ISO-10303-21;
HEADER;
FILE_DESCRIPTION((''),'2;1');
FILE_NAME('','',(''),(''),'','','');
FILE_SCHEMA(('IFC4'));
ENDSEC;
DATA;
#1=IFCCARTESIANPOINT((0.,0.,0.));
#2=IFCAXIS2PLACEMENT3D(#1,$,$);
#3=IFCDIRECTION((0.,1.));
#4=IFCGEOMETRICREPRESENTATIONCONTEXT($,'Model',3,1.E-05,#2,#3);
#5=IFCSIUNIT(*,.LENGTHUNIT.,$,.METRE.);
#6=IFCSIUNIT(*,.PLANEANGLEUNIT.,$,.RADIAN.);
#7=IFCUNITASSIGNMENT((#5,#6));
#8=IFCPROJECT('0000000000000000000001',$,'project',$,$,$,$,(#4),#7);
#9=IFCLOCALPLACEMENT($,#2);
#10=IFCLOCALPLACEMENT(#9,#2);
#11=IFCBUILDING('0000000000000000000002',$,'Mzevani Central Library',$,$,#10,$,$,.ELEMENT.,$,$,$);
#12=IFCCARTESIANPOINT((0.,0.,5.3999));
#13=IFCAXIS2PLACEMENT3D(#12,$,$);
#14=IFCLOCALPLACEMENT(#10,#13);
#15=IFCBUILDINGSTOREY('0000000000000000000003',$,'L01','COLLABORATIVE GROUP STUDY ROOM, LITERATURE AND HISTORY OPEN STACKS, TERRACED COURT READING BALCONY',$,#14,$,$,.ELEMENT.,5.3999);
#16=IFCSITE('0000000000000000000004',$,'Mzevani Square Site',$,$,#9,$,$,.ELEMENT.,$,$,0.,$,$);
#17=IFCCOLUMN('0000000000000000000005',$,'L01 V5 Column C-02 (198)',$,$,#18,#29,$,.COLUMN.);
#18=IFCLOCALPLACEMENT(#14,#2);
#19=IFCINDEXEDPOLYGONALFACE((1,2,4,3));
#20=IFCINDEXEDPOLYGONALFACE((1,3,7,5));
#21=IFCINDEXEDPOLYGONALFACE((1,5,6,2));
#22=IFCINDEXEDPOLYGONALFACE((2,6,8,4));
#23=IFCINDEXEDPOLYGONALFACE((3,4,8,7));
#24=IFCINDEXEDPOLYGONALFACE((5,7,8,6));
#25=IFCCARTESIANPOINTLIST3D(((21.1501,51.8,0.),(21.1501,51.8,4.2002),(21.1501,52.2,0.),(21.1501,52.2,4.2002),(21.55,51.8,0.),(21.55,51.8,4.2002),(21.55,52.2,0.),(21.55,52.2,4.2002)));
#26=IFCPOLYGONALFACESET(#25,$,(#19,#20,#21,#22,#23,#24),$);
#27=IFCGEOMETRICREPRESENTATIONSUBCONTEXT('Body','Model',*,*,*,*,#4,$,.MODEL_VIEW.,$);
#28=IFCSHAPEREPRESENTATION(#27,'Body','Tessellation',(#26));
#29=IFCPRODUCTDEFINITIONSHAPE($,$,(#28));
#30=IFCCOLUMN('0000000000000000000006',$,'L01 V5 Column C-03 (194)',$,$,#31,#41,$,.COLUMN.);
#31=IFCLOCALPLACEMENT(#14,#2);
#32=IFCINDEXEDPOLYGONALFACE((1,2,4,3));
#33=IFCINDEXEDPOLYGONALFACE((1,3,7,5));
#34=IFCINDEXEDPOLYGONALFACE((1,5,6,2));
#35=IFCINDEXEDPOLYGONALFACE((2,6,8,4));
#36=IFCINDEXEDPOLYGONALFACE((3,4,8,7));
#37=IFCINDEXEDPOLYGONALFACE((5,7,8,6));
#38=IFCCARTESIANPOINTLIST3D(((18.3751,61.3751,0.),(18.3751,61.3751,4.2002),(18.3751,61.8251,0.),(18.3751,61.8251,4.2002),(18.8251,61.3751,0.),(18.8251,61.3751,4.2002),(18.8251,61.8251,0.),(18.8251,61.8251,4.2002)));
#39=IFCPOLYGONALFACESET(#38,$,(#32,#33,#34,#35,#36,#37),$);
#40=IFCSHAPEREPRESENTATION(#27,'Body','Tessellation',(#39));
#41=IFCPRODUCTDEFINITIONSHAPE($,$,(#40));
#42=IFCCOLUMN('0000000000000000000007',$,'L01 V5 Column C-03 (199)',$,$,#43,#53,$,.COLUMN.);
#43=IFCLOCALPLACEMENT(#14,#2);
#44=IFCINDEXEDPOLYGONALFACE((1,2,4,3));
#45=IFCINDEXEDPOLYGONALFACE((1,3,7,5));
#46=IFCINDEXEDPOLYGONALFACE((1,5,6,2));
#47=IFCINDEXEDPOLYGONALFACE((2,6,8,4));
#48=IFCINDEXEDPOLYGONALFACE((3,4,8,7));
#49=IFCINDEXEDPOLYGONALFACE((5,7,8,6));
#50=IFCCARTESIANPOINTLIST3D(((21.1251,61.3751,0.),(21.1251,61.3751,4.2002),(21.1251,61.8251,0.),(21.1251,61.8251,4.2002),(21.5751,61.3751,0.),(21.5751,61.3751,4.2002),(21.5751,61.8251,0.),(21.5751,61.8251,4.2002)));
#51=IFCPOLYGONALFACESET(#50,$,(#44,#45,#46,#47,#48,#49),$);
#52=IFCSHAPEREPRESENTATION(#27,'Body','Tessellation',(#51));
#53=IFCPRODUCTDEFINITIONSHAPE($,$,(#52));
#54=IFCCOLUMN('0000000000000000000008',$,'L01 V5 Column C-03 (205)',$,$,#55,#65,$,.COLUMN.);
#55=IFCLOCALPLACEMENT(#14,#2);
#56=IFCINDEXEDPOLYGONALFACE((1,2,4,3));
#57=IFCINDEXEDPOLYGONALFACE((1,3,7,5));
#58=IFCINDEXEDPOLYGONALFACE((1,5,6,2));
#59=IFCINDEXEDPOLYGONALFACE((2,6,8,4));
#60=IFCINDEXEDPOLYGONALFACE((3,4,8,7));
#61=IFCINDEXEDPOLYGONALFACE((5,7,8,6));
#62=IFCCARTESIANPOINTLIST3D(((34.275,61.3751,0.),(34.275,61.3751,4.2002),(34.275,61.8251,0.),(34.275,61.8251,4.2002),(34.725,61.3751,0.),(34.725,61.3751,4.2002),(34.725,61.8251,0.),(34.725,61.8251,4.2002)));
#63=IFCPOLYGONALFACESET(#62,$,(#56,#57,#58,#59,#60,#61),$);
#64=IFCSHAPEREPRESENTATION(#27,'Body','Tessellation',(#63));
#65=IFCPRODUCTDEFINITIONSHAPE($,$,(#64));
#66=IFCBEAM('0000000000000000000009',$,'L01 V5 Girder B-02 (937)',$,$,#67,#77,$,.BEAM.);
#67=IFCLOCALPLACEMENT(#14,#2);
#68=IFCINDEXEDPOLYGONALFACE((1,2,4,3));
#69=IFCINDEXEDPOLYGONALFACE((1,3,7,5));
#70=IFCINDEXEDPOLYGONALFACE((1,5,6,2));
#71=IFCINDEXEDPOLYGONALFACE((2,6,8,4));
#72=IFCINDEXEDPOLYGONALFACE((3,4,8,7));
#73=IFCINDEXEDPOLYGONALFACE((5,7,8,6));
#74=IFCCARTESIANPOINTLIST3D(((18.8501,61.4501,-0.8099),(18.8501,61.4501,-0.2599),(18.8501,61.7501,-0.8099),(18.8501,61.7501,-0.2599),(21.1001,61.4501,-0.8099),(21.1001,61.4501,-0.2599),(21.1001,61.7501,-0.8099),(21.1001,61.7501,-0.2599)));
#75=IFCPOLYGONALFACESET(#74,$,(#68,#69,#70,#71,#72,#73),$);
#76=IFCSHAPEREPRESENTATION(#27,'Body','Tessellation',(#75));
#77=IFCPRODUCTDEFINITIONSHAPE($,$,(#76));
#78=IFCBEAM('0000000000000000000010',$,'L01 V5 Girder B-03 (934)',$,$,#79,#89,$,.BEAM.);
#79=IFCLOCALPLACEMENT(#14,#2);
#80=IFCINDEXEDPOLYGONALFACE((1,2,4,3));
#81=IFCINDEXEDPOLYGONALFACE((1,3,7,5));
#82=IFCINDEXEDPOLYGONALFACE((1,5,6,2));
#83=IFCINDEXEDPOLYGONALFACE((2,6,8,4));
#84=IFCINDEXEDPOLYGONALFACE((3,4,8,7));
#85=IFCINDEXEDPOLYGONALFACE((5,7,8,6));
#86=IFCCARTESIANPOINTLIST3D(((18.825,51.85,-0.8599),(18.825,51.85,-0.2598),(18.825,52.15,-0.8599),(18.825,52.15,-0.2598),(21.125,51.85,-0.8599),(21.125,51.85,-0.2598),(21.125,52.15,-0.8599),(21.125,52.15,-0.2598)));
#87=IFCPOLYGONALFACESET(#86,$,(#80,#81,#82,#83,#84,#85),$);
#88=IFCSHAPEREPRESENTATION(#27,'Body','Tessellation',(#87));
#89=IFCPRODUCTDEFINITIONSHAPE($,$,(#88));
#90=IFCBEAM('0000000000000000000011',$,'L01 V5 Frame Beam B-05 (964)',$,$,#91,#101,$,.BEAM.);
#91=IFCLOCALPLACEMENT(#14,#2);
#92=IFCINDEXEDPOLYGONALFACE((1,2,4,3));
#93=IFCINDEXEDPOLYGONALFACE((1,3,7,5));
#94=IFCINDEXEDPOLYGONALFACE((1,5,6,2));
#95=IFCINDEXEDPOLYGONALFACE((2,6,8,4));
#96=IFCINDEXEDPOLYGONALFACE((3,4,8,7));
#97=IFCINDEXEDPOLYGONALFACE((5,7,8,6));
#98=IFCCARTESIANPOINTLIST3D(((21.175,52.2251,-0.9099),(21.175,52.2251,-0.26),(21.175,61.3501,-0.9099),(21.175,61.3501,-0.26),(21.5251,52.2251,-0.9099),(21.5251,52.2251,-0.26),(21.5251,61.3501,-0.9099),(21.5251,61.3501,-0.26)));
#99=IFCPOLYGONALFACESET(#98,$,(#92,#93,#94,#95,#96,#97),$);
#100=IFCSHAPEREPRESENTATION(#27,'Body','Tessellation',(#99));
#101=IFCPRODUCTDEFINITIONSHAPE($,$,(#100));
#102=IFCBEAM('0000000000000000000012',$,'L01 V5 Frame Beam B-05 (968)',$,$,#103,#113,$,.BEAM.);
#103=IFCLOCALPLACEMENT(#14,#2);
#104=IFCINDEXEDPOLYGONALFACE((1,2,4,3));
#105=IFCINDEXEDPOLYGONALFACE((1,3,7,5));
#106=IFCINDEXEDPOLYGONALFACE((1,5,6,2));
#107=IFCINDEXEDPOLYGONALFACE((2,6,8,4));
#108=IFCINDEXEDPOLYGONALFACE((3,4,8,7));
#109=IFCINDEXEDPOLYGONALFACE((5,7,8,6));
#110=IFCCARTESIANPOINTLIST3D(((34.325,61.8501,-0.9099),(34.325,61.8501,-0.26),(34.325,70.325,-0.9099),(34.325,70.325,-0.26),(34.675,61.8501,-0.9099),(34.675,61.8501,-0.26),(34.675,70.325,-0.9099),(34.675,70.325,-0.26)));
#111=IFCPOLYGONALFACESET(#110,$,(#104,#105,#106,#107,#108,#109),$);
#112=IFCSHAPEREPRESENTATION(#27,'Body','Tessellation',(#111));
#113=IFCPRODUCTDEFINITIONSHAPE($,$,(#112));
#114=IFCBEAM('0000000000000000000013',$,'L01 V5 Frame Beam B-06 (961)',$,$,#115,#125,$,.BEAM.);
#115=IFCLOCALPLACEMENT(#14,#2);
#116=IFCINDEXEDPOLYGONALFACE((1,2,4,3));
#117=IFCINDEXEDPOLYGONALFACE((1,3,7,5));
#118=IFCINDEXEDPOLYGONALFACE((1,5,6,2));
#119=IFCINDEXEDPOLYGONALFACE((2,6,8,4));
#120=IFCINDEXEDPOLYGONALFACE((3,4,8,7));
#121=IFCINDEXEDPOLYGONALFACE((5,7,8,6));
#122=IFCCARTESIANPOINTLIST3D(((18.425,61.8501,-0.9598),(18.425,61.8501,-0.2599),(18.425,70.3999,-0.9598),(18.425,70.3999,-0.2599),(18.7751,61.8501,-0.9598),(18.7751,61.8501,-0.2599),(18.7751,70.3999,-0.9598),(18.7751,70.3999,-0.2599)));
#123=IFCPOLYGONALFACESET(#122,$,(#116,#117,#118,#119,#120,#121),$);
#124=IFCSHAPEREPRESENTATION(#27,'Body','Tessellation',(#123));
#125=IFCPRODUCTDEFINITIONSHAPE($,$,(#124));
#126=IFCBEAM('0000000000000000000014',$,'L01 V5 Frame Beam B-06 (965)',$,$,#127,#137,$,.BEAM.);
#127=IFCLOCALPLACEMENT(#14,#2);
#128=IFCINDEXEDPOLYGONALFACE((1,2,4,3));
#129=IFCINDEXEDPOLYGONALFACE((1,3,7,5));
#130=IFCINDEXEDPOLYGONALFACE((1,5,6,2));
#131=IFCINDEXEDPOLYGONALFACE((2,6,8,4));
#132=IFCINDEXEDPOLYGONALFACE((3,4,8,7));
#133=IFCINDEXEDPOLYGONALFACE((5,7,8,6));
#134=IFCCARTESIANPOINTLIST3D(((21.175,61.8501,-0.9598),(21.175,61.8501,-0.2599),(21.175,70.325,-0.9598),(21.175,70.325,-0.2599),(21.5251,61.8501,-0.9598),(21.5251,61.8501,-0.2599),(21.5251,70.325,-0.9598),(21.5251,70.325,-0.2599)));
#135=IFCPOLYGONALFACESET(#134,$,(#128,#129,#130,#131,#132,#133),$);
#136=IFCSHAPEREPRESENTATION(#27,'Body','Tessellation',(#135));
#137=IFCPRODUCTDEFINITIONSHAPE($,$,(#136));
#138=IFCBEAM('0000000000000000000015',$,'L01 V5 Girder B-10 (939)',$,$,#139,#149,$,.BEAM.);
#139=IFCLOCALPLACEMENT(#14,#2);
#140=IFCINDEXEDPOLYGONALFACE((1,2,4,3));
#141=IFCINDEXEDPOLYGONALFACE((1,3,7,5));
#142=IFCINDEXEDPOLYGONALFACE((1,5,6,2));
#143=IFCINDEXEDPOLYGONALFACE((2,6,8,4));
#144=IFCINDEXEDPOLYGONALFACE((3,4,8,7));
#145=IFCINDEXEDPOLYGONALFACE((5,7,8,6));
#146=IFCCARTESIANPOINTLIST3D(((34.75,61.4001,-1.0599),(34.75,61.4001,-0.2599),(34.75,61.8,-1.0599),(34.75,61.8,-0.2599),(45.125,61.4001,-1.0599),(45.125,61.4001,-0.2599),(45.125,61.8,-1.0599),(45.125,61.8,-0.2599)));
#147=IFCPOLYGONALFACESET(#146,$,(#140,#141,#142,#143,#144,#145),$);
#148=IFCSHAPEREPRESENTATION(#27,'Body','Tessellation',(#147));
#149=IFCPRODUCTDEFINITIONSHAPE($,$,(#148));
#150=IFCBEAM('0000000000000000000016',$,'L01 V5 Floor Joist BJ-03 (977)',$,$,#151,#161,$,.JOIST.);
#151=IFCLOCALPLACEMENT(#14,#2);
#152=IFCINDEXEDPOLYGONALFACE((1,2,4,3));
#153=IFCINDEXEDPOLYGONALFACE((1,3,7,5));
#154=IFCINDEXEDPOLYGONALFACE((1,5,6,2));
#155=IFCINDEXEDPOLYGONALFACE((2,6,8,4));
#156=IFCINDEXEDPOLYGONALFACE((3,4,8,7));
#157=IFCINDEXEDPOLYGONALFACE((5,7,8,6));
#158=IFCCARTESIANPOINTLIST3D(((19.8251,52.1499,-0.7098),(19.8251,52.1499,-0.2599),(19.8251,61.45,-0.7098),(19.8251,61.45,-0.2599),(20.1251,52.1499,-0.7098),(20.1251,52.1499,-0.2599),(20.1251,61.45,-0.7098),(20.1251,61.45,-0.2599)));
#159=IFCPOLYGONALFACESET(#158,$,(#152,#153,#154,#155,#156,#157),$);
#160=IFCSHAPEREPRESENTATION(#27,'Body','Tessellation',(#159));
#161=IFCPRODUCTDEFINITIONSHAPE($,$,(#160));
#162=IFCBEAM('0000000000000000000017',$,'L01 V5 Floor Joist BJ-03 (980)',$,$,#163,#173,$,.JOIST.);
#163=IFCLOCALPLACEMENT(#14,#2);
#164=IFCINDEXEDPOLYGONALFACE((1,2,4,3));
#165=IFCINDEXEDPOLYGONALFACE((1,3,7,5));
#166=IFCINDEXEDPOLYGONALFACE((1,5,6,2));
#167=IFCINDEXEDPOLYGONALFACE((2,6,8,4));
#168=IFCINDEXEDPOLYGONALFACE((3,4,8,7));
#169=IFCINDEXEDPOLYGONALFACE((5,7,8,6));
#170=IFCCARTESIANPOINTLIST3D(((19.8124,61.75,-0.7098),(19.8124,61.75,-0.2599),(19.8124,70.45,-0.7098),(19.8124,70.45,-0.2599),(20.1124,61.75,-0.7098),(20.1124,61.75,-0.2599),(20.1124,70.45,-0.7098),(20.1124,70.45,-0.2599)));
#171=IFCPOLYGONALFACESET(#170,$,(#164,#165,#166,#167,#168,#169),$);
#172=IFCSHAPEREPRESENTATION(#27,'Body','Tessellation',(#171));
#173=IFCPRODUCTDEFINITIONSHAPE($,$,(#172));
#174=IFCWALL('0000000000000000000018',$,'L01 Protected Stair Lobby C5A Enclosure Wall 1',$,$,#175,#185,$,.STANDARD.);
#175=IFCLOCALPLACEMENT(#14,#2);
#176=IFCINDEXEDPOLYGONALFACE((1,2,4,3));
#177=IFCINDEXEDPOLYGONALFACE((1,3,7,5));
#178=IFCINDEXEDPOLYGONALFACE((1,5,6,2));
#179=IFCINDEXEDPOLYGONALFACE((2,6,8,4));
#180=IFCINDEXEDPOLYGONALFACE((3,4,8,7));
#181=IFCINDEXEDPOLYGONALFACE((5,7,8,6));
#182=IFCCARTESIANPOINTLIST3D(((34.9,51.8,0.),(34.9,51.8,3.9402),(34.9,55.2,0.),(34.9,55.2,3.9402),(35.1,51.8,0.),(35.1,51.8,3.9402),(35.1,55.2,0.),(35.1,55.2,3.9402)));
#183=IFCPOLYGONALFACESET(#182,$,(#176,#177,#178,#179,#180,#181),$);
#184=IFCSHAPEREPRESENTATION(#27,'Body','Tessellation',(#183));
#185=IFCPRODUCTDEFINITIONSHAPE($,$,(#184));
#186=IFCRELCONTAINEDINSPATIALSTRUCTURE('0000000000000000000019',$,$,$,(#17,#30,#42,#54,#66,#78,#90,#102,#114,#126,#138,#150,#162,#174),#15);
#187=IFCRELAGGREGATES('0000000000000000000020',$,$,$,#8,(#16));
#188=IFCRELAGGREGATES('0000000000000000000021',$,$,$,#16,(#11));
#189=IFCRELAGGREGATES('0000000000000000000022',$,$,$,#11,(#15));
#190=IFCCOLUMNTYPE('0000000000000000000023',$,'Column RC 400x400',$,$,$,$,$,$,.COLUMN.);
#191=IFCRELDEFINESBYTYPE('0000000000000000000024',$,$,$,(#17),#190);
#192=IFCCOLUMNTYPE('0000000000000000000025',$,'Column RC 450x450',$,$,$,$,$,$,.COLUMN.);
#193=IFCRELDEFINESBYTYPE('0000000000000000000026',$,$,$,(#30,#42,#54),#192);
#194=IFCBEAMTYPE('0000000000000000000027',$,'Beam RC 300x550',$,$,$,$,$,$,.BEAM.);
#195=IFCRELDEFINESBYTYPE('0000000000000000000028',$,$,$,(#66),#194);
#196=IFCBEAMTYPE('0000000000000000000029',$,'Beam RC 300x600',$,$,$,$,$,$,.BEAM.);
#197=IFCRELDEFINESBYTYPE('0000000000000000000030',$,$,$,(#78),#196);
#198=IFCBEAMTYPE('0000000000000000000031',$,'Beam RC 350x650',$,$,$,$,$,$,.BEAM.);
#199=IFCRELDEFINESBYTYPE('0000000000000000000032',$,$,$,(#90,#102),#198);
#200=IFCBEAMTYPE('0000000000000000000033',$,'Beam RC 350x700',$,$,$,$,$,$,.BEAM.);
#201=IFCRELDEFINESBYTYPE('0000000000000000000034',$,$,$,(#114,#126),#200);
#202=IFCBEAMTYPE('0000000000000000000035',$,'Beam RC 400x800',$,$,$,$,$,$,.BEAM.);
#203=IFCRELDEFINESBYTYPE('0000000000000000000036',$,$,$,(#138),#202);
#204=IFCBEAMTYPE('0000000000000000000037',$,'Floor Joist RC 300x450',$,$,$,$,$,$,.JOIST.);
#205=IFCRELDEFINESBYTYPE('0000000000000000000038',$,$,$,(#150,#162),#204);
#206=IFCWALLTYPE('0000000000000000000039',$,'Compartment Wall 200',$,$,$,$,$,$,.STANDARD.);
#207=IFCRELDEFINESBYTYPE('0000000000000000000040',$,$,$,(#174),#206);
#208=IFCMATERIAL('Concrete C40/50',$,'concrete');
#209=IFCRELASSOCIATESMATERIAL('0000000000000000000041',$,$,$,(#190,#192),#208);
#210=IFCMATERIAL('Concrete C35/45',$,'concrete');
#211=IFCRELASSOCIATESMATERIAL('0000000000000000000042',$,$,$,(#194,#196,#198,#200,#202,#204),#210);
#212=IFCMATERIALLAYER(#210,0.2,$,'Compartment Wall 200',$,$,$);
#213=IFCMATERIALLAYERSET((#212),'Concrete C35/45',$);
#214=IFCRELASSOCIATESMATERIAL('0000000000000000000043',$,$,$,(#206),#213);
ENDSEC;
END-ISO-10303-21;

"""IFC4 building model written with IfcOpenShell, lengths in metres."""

from ifc_helpers import new_model, si_unit, direction, frame, frame_2d, origin, origin_2d, place, context, subcontext, project, spatial, rectangle, extrude, material, layer, layer_set, material_profile, profile_set, type_object, element, save


model = new_model("IFC4")

# Units and contexts
model_context = context("Model", 3, precision=1e-05, world=origin(), true_north=direction((0.0, 1.0)))
body_context = subcontext(model_context, "Body", "Model", "MODEL_VIEW")
ifc_project = project(units=[si_unit("LENGTHUNIT", "METRE"), si_unit("PLANEANGLEUNIT", "RADIAN")], contexts=[model_context])

# Site, building, storey
site_placement = place(None, origin())
site = spatial("IfcSite", under=ifc_project, at=site_placement, Name="Mzevani Square Site", CompositionType="ELEMENT", RefElevation=0.0)
building_placement = place(site_placement, origin())
building = spatial("IfcBuilding", under=site, at=building_placement, Name="Mzevani Central Library", CompositionType="ELEMENT")
storey_placement = place(building_placement, frame((0.0, 0.0, 5.3999)))
storey = spatial("IfcBuildingStorey", under=building, at=storey_placement, Name="L01", Description="COLLABORATIVE GROUP STUDY ROOM, LITERATURE AND HISTORY OPEN STACKS, TERRACED COURT READING BALCONY", CompositionType="ELEMENT", Elevation=5.3999)

# Columns
ifc_material_1 = material(Name="Concrete C40/50", Category="concrete")
ifc_material_profile_1 = material_profile(ifc_material_1, rectangle(XDim=0.3999, YDim=0.3999, at=origin_2d()), Name="RC 400x400")
ifc_profile_set_1 = profile_set([ifc_material_profile_1], Name="Concrete C40/50")
column_type_1 = type_object("IfcColumnType", Name="Column RC 400x400", PredefinedType="COLUMN", material=ifc_profile_set_1)
column_placement = place(storey_placement, frame((21.3501, 52.0, 0.0), z_axis=(0.0, 0.0, 1.0), x_axis=(1.0, 0.0, 0.0)))
element("IfcColumn", 1, at=column_placement, inside=storey, type_object=column_type_1, Name="L01 V5 Column C-02 (198)", PredefinedType="COLUMN", context=body_context, shape_type="SweptSolid", body=[
    extrude(rectangle(XDim=0.3999, YDim=0.3999, at=origin_2d()), origin(), (0.0, 0.0, 1.0), 4.2002),
])
ifc_material_profile_2 = material_profile(ifc_material_1, rectangle(XDim=0.45, YDim=0.45, at=origin_2d()), Name="RC 450x450")
ifc_profile_set_2 = profile_set([ifc_material_profile_2], Name="Concrete C40/50")
column_type_2 = type_object("IfcColumnType", Name="Column RC 450x450", PredefinedType="COLUMN", material=ifc_profile_set_2)
for number, where, z_axis, x_axis, name in (
    (2, (18.6001, 61.6001, 0.0), (0.0, 0.0, 1.0), (1.0, 0.0, 0.0), "L01 V5 Column C-03 (194)"),
    (3, (21.3501, 61.6001, 0.0), (0.0, 0.0, 1.0), (1.0, 0.0, 0.0), "L01 V5 Column C-03 (199)"),
    (4, (34.5, 61.6001, 0.0), (0.0, 0.0, 1.0), (1.0, 0.0, 0.0), "L01 V5 Column C-03 (205)"),
):
    element("IfcColumn", number, at=place(storey_placement, frame(where, z_axis=z_axis, x_axis=x_axis)), inside=storey, type_object=column_type_2, Name=name, PredefinedType="COLUMN", context=body_context, shape_type="SweptSolid", body=[
        extrude(rectangle(XDim=0.45, YDim=0.45, at=origin_2d()), origin(), (0.0, 0.0, 1.0), 4.2002),
    ])

# Beams
ifc_material_2 = material(Name="Concrete C35/45", Category="concrete")
ifc_material_profile_3 = material_profile(ifc_material_2, rectangle(XDim=0.3, YDim=0.55, at=origin_2d()), Name="RC B300x550")
ifc_profile_set_3 = profile_set([ifc_material_profile_3], Name="Concrete C35/45")
beam_type_1 = type_object("IfcBeamType", Name="Beam RC 300x550", PredefinedType="BEAM", material=ifc_profile_set_3)
beam_1_placement = place(storey_placement, frame((18.8501, 61.6001, -0.5349), z_axis=(1.0, 0.0, 0.0), x_axis=(0.0, 1.0, 0.0)))
element("IfcBeam", 5, at=beam_1_placement, inside=storey, type_object=beam_type_1, Name="L01 V5 Girder B-02 (937)", PredefinedType="BEAM", context=body_context, shape_type="SweptSolid", body=[
    extrude(rectangle(XDim=0.3, YDim=0.55, at=origin_2d()), origin(), (0.0, 0.0, 1.0), 2.25),
])
ifc_material_profile_4 = material_profile(ifc_material_2, rectangle(XDim=0.3, YDim=0.6001, at=origin_2d()), Name="RC B300x600")
ifc_profile_set_4 = profile_set([ifc_material_profile_4], Name="Concrete C35/45")
beam_type_2 = type_object("IfcBeamType", Name="Beam RC 300x600", PredefinedType="BEAM", material=ifc_profile_set_4)
beam_2_placement = place(storey_placement, frame((18.825, 52.0, -0.5598), z_axis=(1.0, 0.0, 0.0), x_axis=(0.0, 1.0, 0.0)))
element("IfcBeam", 6, at=beam_2_placement, inside=storey, type_object=beam_type_2, Name="L01 V5 Girder B-03 (934)", PredefinedType="BEAM", context=body_context, shape_type="SweptSolid", body=[
    extrude(rectangle(XDim=0.3, YDim=0.6001, at=origin_2d()), origin(), (0.0, 0.0, 1.0), 2.3),
])
ifc_material_profile_5 = material_profile(ifc_material_2, rectangle(XDim=0.3501, YDim=0.6499, at=origin_2d()), Name="RC B350x650")
ifc_profile_set_5 = profile_set([ifc_material_profile_5], Name="Concrete C35/45")
beam_type_3 = type_object("IfcBeamType", Name="Beam RC 350x650", PredefinedType="BEAM", material=ifc_profile_set_5)
beam_3_placement = place(storey_placement, frame((21.3501, 52.2251, -0.585), z_axis=(0.0, 1.0, 0.0), x_axis=(-1.0, 0.0, 0.0)))
element("IfcBeam", 7, at=beam_3_placement, inside=storey, type_object=beam_type_3, Name="L01 V5 Frame Beam B-05 (964)", PredefinedType="BEAM", context=body_context, shape_type="SweptSolid", body=[
    extrude(rectangle(XDim=0.3501, YDim=0.6499, at=origin_2d()), origin(), (0.0, 0.0, 1.0), 9.125),
])
beam_4_placement = place(storey_placement, frame((34.5, 61.8501, -0.585), z_axis=(0.0, 1.0, 0.0), x_axis=(-1.0, 0.0, 0.0)))
element("IfcBeam", 8, at=beam_4_placement, inside=storey, type_object=beam_type_3, Name="L01 V5 Frame Beam B-05 (968)", PredefinedType="BEAM", context=body_context, shape_type="SweptSolid", body=[
    extrude(rectangle(XDim=0.3501, YDim=0.6499, at=origin_2d()), origin(), (0.0, 0.0, 1.0), 8.4749),
])
ifc_material_profile_6 = material_profile(ifc_material_2, rectangle(XDim=0.3501, YDim=0.7, at=origin_2d()), Name="RC B350x700")
ifc_profile_set_6 = profile_set([ifc_material_profile_6], Name="Concrete C35/45")
beam_type_4 = type_object("IfcBeamType", Name="Beam RC 350x700", PredefinedType="BEAM", material=ifc_profile_set_6)
beam_5_placement = place(storey_placement, frame((18.6001, 61.8501, -0.6099), z_axis=(0.0, 1.0, 0.0), x_axis=(-1.0, 0.0, 0.0)))
element("IfcBeam", 9, at=beam_5_placement, inside=storey, type_object=beam_type_4, Name="L01 V5 Frame Beam B-06 (961)", PredefinedType="BEAM", context=body_context, shape_type="SweptSolid", body=[
    extrude(rectangle(XDim=0.3501, YDim=0.7, at=origin_2d()), origin(), (0.0, 0.0, 1.0), 8.5498),
])
beam_6_placement = place(storey_placement, frame((21.3501, 61.8501, -0.6099), z_axis=(0.0, 1.0, 0.0), x_axis=(-1.0, 0.0, 0.0)))
element("IfcBeam", 10, at=beam_6_placement, inside=storey, type_object=beam_type_4, Name="L01 V5 Frame Beam B-06 (965)", PredefinedType="BEAM", context=body_context, shape_type="SweptSolid", body=[
    extrude(rectangle(XDim=0.3501, YDim=0.7, at=origin_2d()), origin(), (0.0, 0.0, 1.0), 8.4749),
])
ifc_material_profile_7 = material_profile(ifc_material_2, rectangle(XDim=0.3999, YDim=0.8, at=origin_2d()), Name="RC B400x800")
ifc_profile_set_7 = profile_set([ifc_material_profile_7], Name="Concrete C35/45")
beam_type_5 = type_object("IfcBeamType", Name="Beam RC 400x800", PredefinedType="BEAM", material=ifc_profile_set_7)
beam_7_placement = place(storey_placement, frame((34.75, 61.6001, -0.6599), z_axis=(1.0, 0.0, 0.0), x_axis=(0.0, 1.0, 0.0)))
element("IfcBeam", 11, at=beam_7_placement, inside=storey, type_object=beam_type_5, Name="L01 V5 Girder B-10 (939)", PredefinedType="BEAM", context=body_context, shape_type="SweptSolid", body=[
    extrude(rectangle(XDim=0.3999, YDim=0.8, at=origin_2d()), origin(), (0.0, 0.0, 1.0), 10.375),
])
ifc_material_profile_8 = material_profile(ifc_material_2, rectangle(XDim=0.3, YDim=0.45, at=origin_2d()), Name="RC J300x450")
ifc_profile_set_8 = profile_set([ifc_material_profile_8], Name="Concrete C35/45")
beam_type_6 = type_object("IfcBeamType", Name="Floor Joist RC 300x450", PredefinedType="JOIST", material=ifc_profile_set_8)
beam_8_placement = place(storey_placement, frame((19.9751, 52.1499, -0.4849), z_axis=(0.0, 1.0, 0.0), x_axis=(-1.0, 0.0, 0.0)))
element("IfcBeam", 12, at=beam_8_placement, inside=storey, type_object=beam_type_6, Name="L01 V5 Floor Joist BJ-03 (977)", PredefinedType="JOIST", context=body_context, shape_type="SweptSolid", body=[
    extrude(rectangle(XDim=0.3, YDim=0.45, at=origin_2d()), origin(), (0.0, 0.0, 1.0), 9.3),
])
beam_9_placement = place(storey_placement, frame((19.9624, 61.75, -0.4849), z_axis=(0.0, 1.0, 0.0), x_axis=(-1.0, 0.0, 0.0)))
element("IfcBeam", 13, at=beam_9_placement, inside=storey, type_object=beam_type_6, Name="L01 V5 Floor Joist BJ-03 (980)", PredefinedType="JOIST", context=body_context, shape_type="SweptSolid", body=[
    extrude(rectangle(XDim=0.3, YDim=0.45, at=origin_2d()), origin(), (0.0, 0.0, 1.0), 8.7),
])

# Wall
ifc_layer_1 = layer(ifc_material_2, 0.2, Name="Compartment Wall 200")
ifc_layer_set_1 = layer_set([ifc_layer_1], Name="Concrete C35/45")
wall_type_1 = type_object("IfcWallType", Name="Compartment Wall 200", PredefinedType="STANDARD", material=ifc_layer_set_1)
wall_1_placement = place(storey_placement, frame((35.0, 51.8, 0.0), z_axis=(0.0, 0.0, 1.0), x_axis=(0.0, 1.0, 0.0)))
element("IfcWall", 14, at=wall_1_placement, inside=storey, type_object=wall_type_1, Name="L01 Protected Stair Lobby C5A Enclosure Wall 1", PredefinedType="STANDARD", context=body_context, shape_type="SweptSolid", body=[
    extrude(rectangle(XDim=3.3999, YDim=0.2, at=frame_2d((1.7, 0.0))), origin(), (0.0, 0.0, 1.0), 3.9402),
])

save(model, "model.ifc")
